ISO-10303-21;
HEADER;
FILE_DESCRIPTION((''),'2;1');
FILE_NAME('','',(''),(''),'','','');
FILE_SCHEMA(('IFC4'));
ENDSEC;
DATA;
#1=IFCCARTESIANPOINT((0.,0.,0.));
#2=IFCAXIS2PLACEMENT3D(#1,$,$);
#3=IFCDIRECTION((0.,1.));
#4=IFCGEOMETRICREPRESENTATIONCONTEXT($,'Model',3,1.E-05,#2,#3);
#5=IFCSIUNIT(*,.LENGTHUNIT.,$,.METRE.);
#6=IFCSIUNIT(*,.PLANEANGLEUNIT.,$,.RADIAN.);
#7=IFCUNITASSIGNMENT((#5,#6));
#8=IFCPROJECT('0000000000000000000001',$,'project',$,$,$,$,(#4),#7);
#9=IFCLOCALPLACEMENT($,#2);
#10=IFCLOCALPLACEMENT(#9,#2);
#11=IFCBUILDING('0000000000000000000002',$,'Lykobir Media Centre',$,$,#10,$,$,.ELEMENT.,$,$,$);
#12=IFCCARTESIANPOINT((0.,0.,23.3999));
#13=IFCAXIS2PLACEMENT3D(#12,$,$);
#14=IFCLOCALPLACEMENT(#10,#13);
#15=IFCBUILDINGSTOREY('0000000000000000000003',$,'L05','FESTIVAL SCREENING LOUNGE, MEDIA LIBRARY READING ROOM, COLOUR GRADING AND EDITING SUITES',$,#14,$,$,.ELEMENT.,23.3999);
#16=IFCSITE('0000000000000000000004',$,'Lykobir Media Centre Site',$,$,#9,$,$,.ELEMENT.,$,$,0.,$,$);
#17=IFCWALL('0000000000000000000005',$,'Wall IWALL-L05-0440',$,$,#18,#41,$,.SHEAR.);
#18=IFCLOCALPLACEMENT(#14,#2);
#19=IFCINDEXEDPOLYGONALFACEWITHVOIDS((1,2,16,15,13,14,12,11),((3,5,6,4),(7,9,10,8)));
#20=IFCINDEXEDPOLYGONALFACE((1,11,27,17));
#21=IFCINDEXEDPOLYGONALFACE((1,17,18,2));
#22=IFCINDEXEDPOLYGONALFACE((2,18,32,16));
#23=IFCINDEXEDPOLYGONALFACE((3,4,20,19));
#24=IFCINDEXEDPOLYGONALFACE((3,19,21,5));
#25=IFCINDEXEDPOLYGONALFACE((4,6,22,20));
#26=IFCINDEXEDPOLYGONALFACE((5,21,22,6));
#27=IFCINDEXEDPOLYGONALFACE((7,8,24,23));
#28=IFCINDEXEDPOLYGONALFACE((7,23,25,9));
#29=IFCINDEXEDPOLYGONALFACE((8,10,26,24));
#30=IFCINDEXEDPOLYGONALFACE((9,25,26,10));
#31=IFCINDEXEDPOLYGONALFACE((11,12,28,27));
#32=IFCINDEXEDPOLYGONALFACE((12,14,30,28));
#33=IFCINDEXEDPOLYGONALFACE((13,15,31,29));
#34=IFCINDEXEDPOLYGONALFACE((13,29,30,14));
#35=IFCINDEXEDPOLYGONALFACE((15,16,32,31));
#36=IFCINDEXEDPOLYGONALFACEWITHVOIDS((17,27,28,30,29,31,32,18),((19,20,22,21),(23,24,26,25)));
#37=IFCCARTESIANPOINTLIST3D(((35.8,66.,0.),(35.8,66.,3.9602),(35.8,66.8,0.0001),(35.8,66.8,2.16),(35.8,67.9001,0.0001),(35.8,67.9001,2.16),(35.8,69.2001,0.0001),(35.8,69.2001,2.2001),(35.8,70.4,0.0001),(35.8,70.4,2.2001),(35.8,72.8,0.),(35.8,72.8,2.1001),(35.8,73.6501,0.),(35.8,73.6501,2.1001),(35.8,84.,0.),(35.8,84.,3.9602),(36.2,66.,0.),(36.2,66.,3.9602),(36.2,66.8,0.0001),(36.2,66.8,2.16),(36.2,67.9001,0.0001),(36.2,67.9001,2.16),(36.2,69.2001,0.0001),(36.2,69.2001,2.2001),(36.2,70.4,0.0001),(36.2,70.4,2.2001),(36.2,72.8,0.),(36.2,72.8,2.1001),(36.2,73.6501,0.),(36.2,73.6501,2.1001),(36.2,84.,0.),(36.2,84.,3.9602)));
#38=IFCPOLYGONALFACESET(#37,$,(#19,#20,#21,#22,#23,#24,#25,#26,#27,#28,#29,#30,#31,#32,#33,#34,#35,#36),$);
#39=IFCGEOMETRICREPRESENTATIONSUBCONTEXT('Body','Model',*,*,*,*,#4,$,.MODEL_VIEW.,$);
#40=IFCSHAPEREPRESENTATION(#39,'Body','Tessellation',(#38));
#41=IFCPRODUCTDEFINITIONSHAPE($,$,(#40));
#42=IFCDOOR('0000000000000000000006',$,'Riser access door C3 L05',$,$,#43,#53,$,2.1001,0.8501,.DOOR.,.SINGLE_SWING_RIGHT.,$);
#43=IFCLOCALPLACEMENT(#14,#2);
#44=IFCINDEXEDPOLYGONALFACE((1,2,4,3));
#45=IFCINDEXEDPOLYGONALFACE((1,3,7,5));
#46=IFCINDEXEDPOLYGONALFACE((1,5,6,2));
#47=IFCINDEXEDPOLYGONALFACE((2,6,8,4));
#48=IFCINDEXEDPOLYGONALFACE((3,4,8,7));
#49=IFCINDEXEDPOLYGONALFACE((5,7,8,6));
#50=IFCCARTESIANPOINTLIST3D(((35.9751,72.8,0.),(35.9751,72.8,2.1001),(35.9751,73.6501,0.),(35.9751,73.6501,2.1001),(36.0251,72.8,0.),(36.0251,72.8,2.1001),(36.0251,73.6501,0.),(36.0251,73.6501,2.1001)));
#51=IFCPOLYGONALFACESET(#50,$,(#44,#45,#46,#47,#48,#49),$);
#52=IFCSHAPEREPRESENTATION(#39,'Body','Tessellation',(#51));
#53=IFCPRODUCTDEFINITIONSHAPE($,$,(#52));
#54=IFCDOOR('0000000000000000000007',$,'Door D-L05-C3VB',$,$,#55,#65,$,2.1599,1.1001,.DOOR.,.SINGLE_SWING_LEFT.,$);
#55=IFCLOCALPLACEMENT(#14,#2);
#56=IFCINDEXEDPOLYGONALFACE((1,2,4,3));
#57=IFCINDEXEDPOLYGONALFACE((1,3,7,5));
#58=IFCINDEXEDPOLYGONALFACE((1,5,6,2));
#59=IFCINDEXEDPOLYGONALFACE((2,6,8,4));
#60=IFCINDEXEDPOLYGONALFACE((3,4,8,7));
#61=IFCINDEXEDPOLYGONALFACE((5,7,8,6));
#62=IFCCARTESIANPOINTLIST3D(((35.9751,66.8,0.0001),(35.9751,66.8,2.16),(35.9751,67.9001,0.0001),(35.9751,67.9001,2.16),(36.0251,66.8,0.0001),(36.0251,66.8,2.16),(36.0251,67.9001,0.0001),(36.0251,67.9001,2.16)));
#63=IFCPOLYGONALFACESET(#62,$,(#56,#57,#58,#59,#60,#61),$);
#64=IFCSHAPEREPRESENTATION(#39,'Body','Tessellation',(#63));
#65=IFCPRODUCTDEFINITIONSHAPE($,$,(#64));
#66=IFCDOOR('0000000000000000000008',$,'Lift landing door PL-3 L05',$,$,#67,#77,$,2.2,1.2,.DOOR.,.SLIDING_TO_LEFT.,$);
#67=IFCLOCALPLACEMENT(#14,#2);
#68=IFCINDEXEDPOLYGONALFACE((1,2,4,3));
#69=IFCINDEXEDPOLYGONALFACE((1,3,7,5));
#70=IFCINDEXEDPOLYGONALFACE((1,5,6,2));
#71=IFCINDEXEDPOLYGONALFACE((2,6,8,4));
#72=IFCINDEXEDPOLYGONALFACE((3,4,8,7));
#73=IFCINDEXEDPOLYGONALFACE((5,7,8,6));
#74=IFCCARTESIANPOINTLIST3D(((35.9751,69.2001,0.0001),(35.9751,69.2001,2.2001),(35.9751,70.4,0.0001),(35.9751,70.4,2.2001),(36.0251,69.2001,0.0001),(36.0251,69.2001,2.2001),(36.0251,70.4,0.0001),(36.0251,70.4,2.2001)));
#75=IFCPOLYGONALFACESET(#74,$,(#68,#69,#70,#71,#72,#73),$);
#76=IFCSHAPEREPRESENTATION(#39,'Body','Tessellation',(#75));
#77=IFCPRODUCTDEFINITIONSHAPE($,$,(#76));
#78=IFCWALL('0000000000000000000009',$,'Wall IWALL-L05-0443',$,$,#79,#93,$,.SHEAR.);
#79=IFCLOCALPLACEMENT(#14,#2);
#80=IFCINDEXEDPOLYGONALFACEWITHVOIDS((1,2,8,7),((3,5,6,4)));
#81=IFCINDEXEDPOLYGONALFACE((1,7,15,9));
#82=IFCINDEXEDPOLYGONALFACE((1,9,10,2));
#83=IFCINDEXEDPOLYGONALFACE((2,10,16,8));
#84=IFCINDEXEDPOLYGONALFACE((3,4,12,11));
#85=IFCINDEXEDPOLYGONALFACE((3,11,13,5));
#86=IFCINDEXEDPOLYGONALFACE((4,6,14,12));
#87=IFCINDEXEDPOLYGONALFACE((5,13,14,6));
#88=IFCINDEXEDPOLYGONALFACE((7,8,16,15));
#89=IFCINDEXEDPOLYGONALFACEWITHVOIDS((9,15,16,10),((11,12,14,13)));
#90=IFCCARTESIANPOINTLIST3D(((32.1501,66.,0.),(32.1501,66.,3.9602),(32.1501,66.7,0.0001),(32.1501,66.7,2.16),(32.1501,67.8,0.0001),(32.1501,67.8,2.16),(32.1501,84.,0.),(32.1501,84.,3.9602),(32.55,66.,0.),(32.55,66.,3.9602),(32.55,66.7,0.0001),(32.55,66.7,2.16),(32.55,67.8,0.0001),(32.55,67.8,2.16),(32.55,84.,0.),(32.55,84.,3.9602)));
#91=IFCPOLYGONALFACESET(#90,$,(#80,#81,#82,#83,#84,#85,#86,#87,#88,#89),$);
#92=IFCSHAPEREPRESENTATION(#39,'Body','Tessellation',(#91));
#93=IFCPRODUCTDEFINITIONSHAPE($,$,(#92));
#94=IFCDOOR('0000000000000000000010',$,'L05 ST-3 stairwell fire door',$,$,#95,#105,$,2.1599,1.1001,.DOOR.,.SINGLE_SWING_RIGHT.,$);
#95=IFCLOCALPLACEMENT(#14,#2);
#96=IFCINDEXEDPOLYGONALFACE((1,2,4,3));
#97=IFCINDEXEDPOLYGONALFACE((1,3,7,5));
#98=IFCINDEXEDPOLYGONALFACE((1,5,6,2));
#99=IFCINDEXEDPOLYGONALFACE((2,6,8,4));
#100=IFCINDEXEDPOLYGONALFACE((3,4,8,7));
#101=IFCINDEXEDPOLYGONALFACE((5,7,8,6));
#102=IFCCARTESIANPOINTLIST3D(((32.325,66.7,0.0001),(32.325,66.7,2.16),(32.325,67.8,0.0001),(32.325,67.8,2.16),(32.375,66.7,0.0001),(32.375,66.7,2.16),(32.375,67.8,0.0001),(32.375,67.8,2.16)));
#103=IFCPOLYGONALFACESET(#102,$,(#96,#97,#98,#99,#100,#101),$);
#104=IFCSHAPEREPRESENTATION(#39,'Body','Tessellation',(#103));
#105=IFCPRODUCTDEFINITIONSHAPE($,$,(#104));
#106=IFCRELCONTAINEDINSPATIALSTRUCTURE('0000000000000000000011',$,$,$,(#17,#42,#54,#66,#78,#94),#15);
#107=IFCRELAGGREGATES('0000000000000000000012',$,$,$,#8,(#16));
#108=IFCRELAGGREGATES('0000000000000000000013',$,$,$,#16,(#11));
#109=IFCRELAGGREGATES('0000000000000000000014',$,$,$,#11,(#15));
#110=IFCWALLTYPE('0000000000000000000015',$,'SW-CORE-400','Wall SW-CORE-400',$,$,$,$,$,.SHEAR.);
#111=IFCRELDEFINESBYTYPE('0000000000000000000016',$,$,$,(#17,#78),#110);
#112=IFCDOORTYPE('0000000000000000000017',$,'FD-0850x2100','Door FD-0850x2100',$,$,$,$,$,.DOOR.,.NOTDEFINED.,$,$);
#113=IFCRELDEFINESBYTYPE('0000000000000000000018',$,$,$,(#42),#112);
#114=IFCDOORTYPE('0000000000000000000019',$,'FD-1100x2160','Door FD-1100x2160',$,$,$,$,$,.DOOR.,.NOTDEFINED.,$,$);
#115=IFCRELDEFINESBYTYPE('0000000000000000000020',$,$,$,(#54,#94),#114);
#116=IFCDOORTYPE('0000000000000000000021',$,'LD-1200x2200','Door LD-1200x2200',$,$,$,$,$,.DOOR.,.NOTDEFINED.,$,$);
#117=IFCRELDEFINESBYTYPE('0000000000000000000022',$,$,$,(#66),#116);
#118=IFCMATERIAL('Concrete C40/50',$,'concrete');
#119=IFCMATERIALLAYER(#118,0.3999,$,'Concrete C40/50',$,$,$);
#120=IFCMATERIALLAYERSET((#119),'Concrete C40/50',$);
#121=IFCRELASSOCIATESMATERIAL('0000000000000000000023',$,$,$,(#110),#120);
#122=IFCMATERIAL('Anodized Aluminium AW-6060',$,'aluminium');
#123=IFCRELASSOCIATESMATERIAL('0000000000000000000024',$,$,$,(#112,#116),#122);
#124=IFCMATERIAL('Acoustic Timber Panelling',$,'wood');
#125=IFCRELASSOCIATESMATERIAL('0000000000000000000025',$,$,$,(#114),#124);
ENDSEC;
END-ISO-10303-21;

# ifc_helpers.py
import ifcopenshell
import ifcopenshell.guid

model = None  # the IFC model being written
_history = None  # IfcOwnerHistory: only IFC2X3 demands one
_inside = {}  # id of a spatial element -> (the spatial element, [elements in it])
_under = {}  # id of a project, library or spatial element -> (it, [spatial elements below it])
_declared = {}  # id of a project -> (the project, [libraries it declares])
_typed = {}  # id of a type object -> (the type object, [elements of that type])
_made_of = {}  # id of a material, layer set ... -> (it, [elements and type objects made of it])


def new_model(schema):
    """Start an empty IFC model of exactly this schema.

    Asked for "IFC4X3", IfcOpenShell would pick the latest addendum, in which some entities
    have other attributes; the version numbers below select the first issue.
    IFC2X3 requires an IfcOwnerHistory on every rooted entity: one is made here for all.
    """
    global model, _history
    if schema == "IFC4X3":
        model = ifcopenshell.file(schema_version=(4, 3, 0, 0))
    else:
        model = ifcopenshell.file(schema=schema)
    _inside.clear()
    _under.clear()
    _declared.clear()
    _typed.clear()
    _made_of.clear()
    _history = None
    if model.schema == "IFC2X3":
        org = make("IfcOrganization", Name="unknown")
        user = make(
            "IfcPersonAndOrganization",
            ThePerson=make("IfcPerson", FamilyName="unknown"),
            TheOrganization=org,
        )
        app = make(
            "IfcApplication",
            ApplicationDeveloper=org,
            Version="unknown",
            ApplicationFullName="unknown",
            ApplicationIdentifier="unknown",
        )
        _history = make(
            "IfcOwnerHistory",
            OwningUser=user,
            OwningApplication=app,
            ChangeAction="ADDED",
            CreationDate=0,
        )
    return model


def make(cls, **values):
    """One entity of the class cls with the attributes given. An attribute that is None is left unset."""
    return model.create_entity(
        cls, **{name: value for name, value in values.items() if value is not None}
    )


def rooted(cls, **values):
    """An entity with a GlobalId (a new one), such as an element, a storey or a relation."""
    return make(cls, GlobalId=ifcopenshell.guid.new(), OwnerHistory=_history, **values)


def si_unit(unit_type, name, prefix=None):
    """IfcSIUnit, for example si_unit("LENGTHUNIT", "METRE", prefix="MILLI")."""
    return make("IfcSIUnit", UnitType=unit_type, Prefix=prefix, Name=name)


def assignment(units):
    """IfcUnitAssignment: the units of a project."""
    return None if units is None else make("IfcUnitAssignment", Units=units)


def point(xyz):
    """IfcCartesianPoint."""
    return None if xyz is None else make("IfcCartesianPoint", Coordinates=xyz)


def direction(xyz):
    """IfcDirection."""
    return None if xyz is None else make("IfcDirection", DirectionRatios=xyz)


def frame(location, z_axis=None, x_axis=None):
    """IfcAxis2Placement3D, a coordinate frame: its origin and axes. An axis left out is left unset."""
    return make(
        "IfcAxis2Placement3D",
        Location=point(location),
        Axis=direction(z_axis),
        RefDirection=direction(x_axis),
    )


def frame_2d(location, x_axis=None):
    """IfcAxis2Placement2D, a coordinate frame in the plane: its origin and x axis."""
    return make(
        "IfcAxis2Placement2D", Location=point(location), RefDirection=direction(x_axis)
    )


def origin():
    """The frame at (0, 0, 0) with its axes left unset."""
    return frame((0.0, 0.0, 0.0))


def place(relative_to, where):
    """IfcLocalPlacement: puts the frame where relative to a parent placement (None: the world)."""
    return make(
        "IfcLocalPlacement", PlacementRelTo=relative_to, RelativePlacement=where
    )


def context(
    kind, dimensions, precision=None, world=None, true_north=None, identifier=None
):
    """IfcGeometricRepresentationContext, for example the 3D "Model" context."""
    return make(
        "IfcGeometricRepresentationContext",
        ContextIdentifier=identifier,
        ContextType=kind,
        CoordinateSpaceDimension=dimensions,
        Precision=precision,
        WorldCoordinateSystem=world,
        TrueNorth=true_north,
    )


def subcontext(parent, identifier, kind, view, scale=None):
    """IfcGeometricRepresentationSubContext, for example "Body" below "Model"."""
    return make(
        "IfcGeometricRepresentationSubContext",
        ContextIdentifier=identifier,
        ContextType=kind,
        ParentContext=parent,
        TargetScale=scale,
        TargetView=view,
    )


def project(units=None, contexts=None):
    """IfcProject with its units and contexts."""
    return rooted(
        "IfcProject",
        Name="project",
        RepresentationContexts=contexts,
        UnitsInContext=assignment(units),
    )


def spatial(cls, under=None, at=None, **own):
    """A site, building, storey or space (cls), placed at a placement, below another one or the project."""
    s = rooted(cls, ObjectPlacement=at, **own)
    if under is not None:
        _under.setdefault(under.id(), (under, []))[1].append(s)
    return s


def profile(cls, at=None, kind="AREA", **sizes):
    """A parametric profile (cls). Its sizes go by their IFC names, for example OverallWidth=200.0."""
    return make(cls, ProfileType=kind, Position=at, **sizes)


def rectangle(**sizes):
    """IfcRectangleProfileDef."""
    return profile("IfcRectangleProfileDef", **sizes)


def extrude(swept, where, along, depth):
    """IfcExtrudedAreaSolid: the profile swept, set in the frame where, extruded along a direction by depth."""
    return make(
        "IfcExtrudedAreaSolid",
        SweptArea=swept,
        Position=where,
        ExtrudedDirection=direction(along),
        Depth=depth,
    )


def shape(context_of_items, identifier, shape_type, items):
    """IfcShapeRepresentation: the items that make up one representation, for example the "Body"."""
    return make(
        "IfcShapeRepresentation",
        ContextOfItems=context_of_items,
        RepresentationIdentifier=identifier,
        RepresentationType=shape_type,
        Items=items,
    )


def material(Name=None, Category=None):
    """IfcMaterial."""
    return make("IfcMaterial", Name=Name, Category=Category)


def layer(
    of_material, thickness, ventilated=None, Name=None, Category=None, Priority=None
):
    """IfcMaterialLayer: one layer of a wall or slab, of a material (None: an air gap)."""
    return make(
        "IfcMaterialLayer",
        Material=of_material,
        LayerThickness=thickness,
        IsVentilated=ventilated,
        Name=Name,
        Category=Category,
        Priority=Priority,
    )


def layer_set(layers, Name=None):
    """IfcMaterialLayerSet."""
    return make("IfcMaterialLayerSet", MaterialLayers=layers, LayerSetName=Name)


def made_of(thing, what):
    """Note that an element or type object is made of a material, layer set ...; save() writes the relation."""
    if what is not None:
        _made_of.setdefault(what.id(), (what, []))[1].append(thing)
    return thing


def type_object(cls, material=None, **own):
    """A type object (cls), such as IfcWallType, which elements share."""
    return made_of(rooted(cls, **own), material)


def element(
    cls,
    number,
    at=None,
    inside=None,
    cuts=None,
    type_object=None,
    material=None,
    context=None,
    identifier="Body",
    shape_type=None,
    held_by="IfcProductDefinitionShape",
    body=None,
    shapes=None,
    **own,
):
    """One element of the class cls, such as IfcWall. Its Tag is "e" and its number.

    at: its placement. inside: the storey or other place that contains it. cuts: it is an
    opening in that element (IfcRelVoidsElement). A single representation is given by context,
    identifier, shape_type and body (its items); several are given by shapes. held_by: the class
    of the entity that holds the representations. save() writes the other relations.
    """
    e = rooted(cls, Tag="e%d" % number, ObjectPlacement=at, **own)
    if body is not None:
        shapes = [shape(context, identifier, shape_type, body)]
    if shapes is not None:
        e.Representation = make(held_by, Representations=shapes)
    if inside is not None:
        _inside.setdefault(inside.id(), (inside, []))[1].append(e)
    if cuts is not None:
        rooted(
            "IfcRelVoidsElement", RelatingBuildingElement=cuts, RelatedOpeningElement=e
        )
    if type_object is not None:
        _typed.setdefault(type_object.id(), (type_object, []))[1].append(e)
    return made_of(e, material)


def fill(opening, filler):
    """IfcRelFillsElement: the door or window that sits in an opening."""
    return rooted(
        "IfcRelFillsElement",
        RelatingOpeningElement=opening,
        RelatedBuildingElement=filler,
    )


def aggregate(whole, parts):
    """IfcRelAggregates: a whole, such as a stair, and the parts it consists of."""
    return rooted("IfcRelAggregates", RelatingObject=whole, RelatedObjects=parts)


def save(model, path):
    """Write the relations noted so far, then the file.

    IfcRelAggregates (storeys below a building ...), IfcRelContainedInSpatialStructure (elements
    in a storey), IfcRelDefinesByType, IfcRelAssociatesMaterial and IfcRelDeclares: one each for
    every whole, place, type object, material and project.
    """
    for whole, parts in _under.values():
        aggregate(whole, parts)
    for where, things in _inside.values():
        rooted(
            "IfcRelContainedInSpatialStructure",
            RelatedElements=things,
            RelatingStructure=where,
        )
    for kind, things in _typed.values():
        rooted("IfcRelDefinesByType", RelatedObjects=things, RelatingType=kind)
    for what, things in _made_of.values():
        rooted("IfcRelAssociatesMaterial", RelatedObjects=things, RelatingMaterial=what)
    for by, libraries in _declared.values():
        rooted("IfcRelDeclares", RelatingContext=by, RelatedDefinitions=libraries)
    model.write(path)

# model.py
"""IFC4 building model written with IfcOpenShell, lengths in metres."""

from ifc_helpers import new_model, si_unit, direction, frame, frame_2d, origin, place, context, subcontext, project, spatial, rectangle, extrude, material, layer, layer_set, type_object, element, fill, save


model = new_model("IFC4")

# Units and contexts
model_context = context("Model", 3, precision=1e-05, world=origin(), true_north=direction((0.0, 1.0)))
body_context = subcontext(model_context, "Body", "Model", "MODEL_VIEW")
ifc_project = project(units=[si_unit("LENGTHUNIT", "METRE"), si_unit("PLANEANGLEUNIT", "RADIAN")], contexts=[model_context])

# Site, building, storey
site_placement = place(None, origin())
site = spatial("IfcSite", under=ifc_project, at=site_placement, Name="Lykobir Media Centre Site", CompositionType="ELEMENT", RefElevation=0.0)
building_placement = place(site_placement, origin())
building = spatial("IfcBuilding", under=site, at=building_placement, Name="Lykobir Media Centre", CompositionType="ELEMENT")
storey_placement = place(building_placement, frame((0.0, 0.0, 23.3999)))
storey = spatial("IfcBuildingStorey", under=building, at=storey_placement, Name="L05", Description="FESTIVAL SCREENING LOUNGE, MEDIA LIBRARY READING ROOM, COLOUR GRADING AND EDITING SUITES", CompositionType="ELEMENT", Elevation=23.3999)

# Shared definitions
ifc_material_1 = material(Name="Concrete C40/50", Category="concrete")

# Shared definitions
ifc_material_2 = material(Name="Anodized Aluminium AW-6060", Category="aluminium")

# Shared definitions
ifc_layer_1 = layer(ifc_material_1, 0.3999, Name="Concrete C40/50")
ifc_layer_set_1 = layer_set([ifc_layer_1], Name="Concrete C40/50")
wall_type_1 = type_object("IfcWallType", Name="SW-CORE-400", Description="Wall SW-CORE-400", PredefinedType="SHEAR", material=ifc_layer_set_1)

# Wall, openings, doors
wall_1_placement = place(storey_placement, frame((36.0, 66.0, 0.0), z_axis=(0.0, 0.0, 1.0), x_axis=(0.0, 1.0, 0.0)))
wall_1 = element("IfcWall", 1, at=wall_1_placement, inside=storey, type_object=wall_type_1, Name="Wall IWALL-L05-0440", PredefinedType="SHEAR", context=body_context, shape_type="SweptSolid", body=[
    extrude(rectangle(XDim=18.0, YDim=0.3999, at=frame_2d((9.0, 0.0))), origin(), (0.0, 0.0, 1.0), 3.9602),
])
opening_1_placement = place(wall_1_placement, frame((0.8, 0.0, 0.0)))
opening_1 = element("IfcOpeningElement", 2, at=opening_1_placement, cuts=wall_1, PredefinedType="OPENING", context=body_context, shape_type="SweptSolid", body=[
    extrude(rectangle(XDim=1.1001, YDim=2.1599, at=frame_2d((0.55, 1.0801))), frame((0.0, 0.21, 0.0), z_axis=(0.0, -1.0, 0.0), x_axis=(1.0, 0.0, 0.0)), (0.0, 0.0, 1.0), 0.4199),
])
opening_2_placement = place(wall_1_placement, frame((3.2, 0.0, 0.0)))
opening_2 = element("IfcOpeningElement", 3, at=opening_2_placement, cuts=wall_1, PredefinedType="OPENING", context=body_context, shape_type="SweptSolid", body=[
    extrude(rectangle(XDim=1.2, YDim=2.2, at=frame_2d((0.6001, 1.1001))), frame((0.0, 0.21, 0.0), z_axis=(0.0, -1.0, 0.0), x_axis=(1.0, 0.0, 0.0)), (0.0, 0.0, 1.0), 0.4199),
])
opening_3_placement = place(wall_1_placement, frame((6.8, 0.0, 0.0)))
opening_3 = element("IfcOpeningElement", 4, at=opening_3_placement, cuts=wall_1, PredefinedType="OPENING", context=body_context, shape_type="SweptSolid", body=[
    extrude(rectangle(XDim=0.8501, YDim=2.1001, at=frame_2d((0.425, 1.05))), frame((0.0, 0.21, 0.0), z_axis=(0.0, -1.0, 0.0), x_axis=(1.0, 0.0, 0.0)), (0.0, 0.0, 1.0), 0.4199),
])
door_type_1 = type_object("IfcDoorType", Name="FD-0850x2100", Description="Door FD-0850x2100", OperationType="NOTDEFINED", PredefinedType="DOOR", material=ifc_material_2)
door_1_placement = place(opening_3_placement, origin())
door_1 = element("IfcDoor", 5, at=door_1_placement, inside=storey, type_object=door_type_1, Name="Riser access door C3 L05", OperationType="SINGLE_SWING_RIGHT", OverallHeight=2.1001, OverallWidth=0.8501, PredefinedType="DOOR", context=body_context, shape_type="SweptSolid", body=[
    extrude(rectangle(XDim=0.8501, YDim=2.1001, at=frame_2d((0.425, 1.05))), frame((0.0, 0.0249, 0.0), z_axis=(0.0, -1.0, 0.0), x_axis=(1.0, 0.0, 0.0)), (0.0, 0.0, 1.0), 0.05),
])
fill(opening_3, door_1)
ifc_material_3 = material(Name="Acoustic Timber Panelling", Category="wood")
door_type_2 = type_object("IfcDoorType", Name="FD-1100x2160", Description="Door FD-1100x2160", OperationType="NOTDEFINED", PredefinedType="DOOR", material=ifc_material_3)
door_2_placement = place(opening_1_placement, origin())
door_2 = element("IfcDoor", 6, at=door_2_placement, inside=storey, type_object=door_type_2, Name="Door D-L05-C3VB", OperationType="SINGLE_SWING_LEFT", OverallHeight=2.1599, OverallWidth=1.1001, PredefinedType="DOOR", context=body_context, shape_type="SweptSolid", body=[
    extrude(rectangle(XDim=1.1001, YDim=2.1599, at=frame_2d((0.55, 1.0801))), frame((0.0, 0.0249, 0.0), z_axis=(0.0, -1.0, 0.0), x_axis=(1.0, 0.0, 0.0)), (0.0, 0.0, 1.0), 0.05),
])
fill(opening_1, door_2)
door_type_3 = type_object("IfcDoorType", Name="LD-1200x2200", Description="Door LD-1200x2200", OperationType="NOTDEFINED", PredefinedType="DOOR", material=ifc_material_2)
door_3_placement = place(opening_2_placement, origin())
door_3 = element("IfcDoor", 7, at=door_3_placement, inside=storey, type_object=door_type_3, Name="Lift landing door PL-3 L05", OperationType="SLIDING_TO_LEFT", OverallHeight=2.2, OverallWidth=1.2, PredefinedType="DOOR", context=body_context, shape_type="SweptSolid", body=[
    extrude(rectangle(XDim=1.2, YDim=2.2, at=frame_2d((0.6001, 1.1001))), frame((0.0, 0.0249, 0.0), z_axis=(0.0, -1.0, 0.0), x_axis=(1.0, 0.0, 0.0)), (0.0, 0.0, 1.0), 0.05),
])
fill(opening_2, door_3)

# Wall, opening, door
wall_2_placement = place(storey_placement, frame((32.3501, 66.0, 0.0), z_axis=(0.0, 0.0, 1.0), x_axis=(0.0, 1.0, 0.0)))
wall_2 = element("IfcWall", 8, at=wall_2_placement, inside=storey, type_object=wall_type_1, Name="Wall IWALL-L05-0443", PredefinedType="SHEAR", context=body_context, shape_type="SweptSolid", body=[
    extrude(rectangle(XDim=18.0, YDim=0.3999, at=frame_2d((9.0, 0.0))), origin(), (0.0, 0.0, 1.0), 3.9602),
])
opening_4_placement = place(wall_2_placement, frame((0.7, 0.0, 0.0)))
opening_4 = element("IfcOpeningElement", 9, at=opening_4_placement, cuts=wall_2, PredefinedType="OPENING", context=body_context, shape_type="SweptSolid", body=[
    extrude(rectangle(XDim=1.1001, YDim=2.1599, at=frame_2d((0.55, 1.0801))), frame((0.0, 0.21, 0.0), z_axis=(0.0, -1.0, 0.0), x_axis=(1.0, 0.0, 0.0)), (0.0, 0.0, 1.0), 0.4199),
])
door_4_placement = place(opening_4_placement, frame((1.1001, 0.0, 0.0), z_axis=(0.0, 0.0, 1.0), x_axis=(-1.0, 0.0, 0.0)))
door_4 = element("IfcDoor", 10, at=door_4_placement, inside=storey, type_object=door_type_2, Name="L05 ST-3 stairwell fire door", OperationType="SINGLE_SWING_RIGHT", OverallHeight=2.1599, OverallWidth=1.1001, PredefinedType="DOOR", context=body_context, shape_type="SweptSolid", body=[
    extrude(rectangle(XDim=1.1001, YDim=2.1599, at=frame_2d((0.55, 1.0801))), frame((0.0, 0.0249, 0.0), z_axis=(0.0, -1.0, 0.0), x_axis=(1.0, 0.0, 0.0)), (0.0, 0.0, 1.0), 0.05),
])
fill(opening_4, door_4)

save(model, "model.ifc")
